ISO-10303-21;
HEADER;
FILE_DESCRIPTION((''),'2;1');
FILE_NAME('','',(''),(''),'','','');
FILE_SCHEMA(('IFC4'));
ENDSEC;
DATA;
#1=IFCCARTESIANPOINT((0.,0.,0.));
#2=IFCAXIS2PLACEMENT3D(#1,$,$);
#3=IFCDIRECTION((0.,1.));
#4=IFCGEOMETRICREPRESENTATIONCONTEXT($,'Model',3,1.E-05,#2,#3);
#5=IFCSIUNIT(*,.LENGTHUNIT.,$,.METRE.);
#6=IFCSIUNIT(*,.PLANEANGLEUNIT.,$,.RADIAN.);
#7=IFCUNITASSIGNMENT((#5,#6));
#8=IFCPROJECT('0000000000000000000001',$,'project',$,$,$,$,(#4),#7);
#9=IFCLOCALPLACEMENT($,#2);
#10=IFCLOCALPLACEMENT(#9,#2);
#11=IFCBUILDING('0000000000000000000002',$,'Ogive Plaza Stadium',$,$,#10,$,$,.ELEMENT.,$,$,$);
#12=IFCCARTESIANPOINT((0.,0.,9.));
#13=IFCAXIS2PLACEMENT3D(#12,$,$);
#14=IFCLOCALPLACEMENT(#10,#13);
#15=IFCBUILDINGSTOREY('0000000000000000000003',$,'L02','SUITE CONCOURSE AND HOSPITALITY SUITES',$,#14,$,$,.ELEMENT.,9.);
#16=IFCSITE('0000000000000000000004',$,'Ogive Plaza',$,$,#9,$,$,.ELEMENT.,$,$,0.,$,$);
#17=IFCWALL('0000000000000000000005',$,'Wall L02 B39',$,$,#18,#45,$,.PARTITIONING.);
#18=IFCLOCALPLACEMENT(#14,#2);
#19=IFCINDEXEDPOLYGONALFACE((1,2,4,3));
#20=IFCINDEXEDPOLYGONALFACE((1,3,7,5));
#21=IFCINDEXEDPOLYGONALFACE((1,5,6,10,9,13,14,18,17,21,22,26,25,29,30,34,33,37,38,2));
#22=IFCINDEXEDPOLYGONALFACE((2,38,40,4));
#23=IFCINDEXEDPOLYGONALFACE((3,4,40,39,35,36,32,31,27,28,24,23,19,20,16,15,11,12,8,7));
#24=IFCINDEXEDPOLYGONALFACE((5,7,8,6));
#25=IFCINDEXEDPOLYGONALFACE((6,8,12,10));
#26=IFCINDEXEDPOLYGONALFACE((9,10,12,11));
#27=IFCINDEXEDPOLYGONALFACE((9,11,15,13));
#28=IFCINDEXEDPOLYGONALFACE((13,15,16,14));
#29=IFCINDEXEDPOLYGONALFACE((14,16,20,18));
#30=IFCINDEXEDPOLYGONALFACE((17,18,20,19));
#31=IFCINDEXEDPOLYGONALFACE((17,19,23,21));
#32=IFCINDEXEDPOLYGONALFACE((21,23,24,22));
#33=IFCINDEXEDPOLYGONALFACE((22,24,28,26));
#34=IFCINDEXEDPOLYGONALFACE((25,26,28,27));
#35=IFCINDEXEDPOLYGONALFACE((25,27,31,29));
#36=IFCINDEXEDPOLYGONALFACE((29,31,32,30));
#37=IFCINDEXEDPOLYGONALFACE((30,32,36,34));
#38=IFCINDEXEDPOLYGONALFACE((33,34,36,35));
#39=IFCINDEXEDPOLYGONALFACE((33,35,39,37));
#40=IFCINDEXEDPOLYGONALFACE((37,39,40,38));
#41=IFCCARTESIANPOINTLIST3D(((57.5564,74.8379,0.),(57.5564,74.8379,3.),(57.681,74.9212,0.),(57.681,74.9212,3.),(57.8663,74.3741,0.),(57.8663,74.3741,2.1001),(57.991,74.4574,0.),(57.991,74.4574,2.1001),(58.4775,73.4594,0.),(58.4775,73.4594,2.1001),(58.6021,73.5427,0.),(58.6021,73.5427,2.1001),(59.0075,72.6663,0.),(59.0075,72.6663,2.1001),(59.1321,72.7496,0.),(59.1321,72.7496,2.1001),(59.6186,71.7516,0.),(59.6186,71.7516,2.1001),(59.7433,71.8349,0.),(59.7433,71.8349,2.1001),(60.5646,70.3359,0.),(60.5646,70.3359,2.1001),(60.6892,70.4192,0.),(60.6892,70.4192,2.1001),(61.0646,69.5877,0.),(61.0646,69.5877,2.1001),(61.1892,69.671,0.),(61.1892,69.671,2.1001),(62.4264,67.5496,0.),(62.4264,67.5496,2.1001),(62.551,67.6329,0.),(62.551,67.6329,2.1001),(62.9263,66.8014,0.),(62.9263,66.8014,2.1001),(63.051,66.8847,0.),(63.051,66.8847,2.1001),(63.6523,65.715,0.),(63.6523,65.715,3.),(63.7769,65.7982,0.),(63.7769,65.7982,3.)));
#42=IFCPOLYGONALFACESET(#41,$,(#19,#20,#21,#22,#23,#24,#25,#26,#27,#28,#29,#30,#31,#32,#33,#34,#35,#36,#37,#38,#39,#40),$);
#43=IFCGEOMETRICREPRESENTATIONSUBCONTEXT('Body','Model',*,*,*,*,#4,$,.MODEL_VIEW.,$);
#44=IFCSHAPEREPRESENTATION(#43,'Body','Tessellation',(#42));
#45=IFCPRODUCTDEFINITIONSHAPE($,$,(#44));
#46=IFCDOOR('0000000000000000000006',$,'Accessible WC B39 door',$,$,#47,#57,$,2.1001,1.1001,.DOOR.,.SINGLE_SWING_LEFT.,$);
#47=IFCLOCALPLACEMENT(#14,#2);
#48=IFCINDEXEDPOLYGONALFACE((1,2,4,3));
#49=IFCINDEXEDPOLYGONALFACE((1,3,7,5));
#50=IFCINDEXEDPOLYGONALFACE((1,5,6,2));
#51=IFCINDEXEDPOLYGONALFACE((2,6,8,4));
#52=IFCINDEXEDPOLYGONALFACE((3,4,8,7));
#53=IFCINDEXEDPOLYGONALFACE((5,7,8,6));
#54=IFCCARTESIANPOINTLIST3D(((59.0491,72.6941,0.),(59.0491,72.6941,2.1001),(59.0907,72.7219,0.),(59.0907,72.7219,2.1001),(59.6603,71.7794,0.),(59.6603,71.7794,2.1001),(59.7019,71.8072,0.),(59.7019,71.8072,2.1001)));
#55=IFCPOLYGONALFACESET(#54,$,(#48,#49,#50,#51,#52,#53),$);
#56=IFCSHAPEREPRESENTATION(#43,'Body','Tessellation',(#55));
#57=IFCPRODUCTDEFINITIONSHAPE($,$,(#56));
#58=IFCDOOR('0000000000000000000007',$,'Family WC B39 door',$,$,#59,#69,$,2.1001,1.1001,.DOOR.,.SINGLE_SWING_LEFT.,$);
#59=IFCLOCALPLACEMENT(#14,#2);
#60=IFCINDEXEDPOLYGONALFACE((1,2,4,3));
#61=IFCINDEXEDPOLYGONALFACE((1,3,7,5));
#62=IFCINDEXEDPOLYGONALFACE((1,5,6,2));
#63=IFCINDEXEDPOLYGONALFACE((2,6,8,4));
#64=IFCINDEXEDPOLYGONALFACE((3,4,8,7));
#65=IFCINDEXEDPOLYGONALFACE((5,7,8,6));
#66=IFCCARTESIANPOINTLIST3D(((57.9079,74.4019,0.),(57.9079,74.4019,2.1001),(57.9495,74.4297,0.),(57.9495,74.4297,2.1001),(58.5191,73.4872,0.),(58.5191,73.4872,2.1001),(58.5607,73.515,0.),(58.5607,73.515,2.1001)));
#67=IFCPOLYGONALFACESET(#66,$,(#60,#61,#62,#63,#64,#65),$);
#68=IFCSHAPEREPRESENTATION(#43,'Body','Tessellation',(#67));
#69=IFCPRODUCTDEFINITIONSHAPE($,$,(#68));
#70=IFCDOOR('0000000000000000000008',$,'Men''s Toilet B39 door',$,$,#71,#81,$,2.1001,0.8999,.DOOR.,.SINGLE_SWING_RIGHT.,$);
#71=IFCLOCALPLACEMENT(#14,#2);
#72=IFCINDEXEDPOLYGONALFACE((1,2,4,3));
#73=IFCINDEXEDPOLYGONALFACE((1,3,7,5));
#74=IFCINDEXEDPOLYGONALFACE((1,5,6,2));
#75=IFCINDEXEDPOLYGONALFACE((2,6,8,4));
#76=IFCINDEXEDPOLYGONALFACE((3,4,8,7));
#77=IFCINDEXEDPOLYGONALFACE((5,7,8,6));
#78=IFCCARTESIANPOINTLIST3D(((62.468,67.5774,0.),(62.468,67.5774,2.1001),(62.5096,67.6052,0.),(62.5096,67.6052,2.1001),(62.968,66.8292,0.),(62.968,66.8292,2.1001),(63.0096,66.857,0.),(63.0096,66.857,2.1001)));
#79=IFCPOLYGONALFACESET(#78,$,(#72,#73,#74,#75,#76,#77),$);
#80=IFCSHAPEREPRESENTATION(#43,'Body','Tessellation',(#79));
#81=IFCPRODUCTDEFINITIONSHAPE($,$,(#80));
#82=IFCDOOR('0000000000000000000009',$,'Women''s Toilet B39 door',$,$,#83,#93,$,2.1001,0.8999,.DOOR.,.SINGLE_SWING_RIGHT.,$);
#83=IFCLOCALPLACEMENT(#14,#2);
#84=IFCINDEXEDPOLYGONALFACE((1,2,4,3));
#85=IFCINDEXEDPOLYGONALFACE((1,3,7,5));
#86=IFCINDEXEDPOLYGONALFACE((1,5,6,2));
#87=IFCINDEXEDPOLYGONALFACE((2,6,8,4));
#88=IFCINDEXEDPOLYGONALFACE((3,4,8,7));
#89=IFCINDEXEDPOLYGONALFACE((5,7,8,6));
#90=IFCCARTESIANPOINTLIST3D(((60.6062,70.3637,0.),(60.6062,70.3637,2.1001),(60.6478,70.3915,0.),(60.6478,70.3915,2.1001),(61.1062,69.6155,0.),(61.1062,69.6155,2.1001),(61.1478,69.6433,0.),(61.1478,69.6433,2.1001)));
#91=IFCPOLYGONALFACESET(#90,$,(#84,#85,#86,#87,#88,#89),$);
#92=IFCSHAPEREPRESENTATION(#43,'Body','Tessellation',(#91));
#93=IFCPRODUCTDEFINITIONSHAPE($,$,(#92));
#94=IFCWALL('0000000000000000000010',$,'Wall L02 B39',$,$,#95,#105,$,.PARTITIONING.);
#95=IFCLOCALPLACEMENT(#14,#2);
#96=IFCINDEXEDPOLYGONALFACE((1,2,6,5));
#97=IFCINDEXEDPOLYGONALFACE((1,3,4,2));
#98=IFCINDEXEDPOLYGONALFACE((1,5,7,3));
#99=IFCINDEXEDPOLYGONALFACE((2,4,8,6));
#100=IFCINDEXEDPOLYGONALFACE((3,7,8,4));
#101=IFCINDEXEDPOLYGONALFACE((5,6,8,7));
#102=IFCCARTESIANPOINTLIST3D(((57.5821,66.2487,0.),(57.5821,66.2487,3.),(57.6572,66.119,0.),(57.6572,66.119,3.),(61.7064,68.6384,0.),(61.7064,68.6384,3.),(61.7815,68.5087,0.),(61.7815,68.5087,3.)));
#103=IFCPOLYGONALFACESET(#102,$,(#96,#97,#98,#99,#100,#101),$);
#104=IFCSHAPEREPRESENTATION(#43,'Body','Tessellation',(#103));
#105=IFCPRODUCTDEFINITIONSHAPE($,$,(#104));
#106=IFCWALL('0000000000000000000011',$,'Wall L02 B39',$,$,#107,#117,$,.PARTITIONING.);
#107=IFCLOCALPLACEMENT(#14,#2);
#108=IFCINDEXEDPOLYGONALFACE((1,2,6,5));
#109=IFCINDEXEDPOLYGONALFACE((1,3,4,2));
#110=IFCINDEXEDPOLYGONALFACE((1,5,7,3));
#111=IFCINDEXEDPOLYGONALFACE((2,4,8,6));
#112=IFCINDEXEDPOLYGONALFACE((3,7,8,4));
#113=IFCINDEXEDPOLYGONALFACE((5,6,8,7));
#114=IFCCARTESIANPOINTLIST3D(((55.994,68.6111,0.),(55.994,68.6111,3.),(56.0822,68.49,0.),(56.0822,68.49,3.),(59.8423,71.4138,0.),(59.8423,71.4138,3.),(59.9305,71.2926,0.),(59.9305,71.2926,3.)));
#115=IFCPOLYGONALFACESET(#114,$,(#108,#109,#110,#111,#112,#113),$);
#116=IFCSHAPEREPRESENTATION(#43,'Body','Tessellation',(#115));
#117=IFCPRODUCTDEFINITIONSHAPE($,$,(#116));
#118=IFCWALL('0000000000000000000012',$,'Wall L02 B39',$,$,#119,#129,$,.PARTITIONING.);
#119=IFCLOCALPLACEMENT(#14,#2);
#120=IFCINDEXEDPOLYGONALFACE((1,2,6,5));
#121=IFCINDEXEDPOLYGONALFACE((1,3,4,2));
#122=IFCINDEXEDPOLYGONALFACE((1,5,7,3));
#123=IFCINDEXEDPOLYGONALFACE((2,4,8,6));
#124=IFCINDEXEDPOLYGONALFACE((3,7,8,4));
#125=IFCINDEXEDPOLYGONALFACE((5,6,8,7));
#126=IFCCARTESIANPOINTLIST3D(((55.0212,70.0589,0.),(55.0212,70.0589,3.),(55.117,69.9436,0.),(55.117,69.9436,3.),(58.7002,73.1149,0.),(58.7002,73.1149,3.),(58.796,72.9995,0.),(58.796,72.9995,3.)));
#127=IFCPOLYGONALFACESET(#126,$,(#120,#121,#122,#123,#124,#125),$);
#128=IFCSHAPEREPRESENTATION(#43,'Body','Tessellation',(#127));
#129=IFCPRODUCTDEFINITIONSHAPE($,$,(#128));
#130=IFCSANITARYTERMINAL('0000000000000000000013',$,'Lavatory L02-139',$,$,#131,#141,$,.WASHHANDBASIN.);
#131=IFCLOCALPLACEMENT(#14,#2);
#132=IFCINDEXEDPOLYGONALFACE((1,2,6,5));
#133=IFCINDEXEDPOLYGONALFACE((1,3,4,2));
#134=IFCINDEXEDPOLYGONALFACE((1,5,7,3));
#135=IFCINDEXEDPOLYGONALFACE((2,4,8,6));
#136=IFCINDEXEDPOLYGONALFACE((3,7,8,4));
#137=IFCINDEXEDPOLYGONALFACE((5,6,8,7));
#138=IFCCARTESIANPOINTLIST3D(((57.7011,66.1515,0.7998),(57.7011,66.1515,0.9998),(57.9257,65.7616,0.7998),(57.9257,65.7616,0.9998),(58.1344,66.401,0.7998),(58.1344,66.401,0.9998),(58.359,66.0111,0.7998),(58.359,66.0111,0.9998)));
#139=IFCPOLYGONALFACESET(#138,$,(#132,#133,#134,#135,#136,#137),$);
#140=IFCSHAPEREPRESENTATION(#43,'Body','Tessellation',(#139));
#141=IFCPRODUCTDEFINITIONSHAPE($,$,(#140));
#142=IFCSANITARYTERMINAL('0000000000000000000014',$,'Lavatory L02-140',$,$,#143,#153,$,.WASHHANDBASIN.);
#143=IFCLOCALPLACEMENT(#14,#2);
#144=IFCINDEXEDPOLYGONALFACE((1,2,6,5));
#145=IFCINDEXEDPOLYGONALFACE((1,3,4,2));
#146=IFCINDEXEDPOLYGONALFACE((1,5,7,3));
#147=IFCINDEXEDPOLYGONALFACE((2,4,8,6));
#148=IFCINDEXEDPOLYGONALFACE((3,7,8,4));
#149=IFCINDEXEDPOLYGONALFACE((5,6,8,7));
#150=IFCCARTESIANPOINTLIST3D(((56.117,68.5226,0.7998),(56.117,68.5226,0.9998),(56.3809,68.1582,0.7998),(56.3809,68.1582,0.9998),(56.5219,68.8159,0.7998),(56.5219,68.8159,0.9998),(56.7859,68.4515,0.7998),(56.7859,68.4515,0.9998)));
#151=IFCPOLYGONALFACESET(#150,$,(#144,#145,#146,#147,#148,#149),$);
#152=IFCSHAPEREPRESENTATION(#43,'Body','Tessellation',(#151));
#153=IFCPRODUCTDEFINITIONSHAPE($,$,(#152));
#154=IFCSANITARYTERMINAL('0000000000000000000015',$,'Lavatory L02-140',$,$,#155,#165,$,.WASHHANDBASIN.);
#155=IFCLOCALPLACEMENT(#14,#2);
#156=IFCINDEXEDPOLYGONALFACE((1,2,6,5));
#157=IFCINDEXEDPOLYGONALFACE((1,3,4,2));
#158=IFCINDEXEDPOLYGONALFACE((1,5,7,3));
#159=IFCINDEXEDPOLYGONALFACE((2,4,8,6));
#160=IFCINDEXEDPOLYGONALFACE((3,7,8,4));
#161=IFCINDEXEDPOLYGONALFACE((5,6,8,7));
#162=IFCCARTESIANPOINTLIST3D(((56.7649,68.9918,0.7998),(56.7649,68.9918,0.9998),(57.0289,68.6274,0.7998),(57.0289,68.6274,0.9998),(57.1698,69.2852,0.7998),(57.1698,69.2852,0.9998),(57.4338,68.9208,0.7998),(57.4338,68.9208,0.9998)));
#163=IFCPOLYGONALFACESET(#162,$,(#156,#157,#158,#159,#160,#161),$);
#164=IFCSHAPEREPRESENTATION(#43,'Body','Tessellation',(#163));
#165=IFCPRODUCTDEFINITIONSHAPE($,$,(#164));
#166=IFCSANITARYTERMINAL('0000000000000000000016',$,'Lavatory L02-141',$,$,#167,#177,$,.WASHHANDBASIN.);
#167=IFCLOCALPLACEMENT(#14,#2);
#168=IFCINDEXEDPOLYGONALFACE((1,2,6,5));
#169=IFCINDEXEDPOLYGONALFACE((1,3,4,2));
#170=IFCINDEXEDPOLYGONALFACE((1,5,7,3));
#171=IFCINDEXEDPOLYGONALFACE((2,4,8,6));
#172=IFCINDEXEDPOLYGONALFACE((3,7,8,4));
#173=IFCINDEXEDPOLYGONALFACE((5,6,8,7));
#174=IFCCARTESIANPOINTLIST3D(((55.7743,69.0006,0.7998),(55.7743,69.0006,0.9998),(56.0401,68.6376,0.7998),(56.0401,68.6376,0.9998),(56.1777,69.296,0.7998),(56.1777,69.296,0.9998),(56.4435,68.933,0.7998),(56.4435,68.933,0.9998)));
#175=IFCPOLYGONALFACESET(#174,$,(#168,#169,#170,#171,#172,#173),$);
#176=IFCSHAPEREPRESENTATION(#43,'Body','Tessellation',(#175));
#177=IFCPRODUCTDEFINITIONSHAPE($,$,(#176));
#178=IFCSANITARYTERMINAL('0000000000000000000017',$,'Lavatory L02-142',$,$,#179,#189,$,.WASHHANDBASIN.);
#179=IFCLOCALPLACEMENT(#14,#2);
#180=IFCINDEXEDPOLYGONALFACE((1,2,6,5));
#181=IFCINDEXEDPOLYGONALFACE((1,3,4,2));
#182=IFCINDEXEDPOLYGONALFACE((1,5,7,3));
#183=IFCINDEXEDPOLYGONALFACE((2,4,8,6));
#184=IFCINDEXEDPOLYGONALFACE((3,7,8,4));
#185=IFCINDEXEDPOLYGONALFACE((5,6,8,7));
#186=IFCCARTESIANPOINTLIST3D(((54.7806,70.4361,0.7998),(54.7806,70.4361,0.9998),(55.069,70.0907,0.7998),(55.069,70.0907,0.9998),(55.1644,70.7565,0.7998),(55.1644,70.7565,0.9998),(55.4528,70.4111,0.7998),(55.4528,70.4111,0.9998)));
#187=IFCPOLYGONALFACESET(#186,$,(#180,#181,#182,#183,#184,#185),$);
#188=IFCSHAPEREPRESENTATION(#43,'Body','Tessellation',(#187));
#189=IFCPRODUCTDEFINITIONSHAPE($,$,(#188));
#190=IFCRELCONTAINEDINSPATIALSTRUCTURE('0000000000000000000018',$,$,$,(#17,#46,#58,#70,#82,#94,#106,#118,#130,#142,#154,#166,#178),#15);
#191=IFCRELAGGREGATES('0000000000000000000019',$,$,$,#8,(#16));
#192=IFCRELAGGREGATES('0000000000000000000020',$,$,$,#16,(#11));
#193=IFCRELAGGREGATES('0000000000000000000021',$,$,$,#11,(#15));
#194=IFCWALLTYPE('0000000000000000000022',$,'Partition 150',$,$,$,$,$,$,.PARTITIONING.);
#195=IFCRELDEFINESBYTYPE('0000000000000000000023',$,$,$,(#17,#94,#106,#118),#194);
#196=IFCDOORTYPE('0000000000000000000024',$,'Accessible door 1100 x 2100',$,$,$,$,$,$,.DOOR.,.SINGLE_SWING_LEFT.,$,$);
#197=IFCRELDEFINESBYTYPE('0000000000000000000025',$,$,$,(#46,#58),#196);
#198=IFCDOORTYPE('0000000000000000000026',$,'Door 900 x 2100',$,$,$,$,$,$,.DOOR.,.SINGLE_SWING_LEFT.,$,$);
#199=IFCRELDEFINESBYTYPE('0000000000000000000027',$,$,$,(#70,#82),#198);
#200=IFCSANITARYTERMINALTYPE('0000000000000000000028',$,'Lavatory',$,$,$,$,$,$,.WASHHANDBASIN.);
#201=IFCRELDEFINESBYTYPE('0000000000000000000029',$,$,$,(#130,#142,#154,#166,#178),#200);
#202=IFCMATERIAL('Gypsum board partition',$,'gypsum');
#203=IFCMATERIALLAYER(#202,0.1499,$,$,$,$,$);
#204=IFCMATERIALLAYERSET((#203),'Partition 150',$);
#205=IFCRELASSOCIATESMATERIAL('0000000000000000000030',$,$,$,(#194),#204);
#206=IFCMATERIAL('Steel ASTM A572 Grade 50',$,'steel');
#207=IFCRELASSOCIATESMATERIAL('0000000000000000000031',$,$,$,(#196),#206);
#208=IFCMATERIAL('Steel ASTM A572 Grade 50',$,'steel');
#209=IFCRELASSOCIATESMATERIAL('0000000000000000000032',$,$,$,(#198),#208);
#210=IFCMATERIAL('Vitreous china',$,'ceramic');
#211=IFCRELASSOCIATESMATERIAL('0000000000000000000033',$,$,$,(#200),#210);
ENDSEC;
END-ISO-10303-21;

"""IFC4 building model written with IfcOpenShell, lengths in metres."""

from ifc_helpers import new_model, si_unit, direction, frame, frame_2d, origin, origin_2d, place, context, subcontext, project, spatial, rectangle, extrude, material, layer, layer_set, type_object, element, fill, save


model = new_model("IFC4")

# Units and contexts
model_context = context("Model", 3, precision=1e-05, world=origin(), true_north=direction((0.0, 1.0)))
body_context = subcontext(model_context, "Body", "Model", "MODEL_VIEW")
ifc_project = project(units=[si_unit("LENGTHUNIT", "METRE"), si_unit("PLANEANGLEUNIT", "RADIAN")], contexts=[model_context])

# Site, building, storey
site_placement = place(None, origin())
site = spatial("IfcSite", under=ifc_project, at=site_placement, Name="Ogive Plaza", CompositionType="ELEMENT", RefElevation=0.0)
building_placement = place(site_placement, origin())
building = spatial("IfcBuilding", under=site, at=building_placement, Name="Ogive Plaza Stadium", CompositionType="ELEMENT")
storey_placement = place(building_placement, frame((0.0, 0.0, 9.0)))
storey = spatial("IfcBuildingStorey", under=building, at=storey_placement, Name="L02", Description="SUITE CONCOURSE AND HOSPITALITY SUITES", CompositionType="ELEMENT", Elevation=9.0)

# Wall, openings, doors
ifc_material_1 = material(Name="Gypsum board partition", Category="gypsum")
ifc_layer = layer(ifc_material_1, 0.1499)
ifc_layer_set = layer_set([ifc_layer], Name="Partition 150")
wall_type = type_object("IfcWallType", Name="Partition 150", PredefinedType="PARTITIONING", material=ifc_layer_set)
wall_1_placement = place(storey_placement, frame((63.7146, 65.7566, 0.0), z_axis=(0.0, 0.0, 1.0), x_axis=(-0.555578, 0.831464, 0.0)))
wall_1 = element("IfcWall", 1, at=wall_1_placement, inside=storey, type_object=wall_type, Name="Wall L02 B39", PredefinedType="PARTITIONING", context=body_context, shape_type="SweptSolid", body=[
    extrude(rectangle(XDim=10.9722, YDim=0.1499, at=frame_2d((5.4861, 0.0))), origin(), (0.0, 0.0, 1.0), 3.0),
])
opening_1_placement = place(wall_1_placement, frame((1.3066, 0.0, 0.0)))
opening_1 = element("IfcOpeningElement", 2, at=opening_1_placement, cuts=wall_1, PredefinedType="OPENING", context=body_context, shape_type="SweptSolid", body=[
    extrude(rectangle(XDim=0.8999, YDim=2.1001, at=frame_2d((0.45, 1.05))), frame((0.0, 0.075, 0.0), z_axis=(0.0, -1.0, 0.0), x_axis=(1.0, 0.0, 0.0)), (0.0, 0.0, 1.0), 0.1499),
])
opening_2_placement = place(wall_1_placement, frame((4.6577, 0.0, 0.0)))
opening_2 = element("IfcOpeningElement", 3, at=opening_2_placement, cuts=wall_1, PredefinedType="OPENING", context=body_context, shape_type="SweptSolid", body=[
    extrude(rectangle(XDim=0.8999, YDim=2.1001, at=frame_2d((0.45, 1.05))), frame((0.0, 0.075, 0.0), z_axis=(0.0, -1.0, 0.0), x_axis=(1.0, 0.0, 0.0)), (0.0, 0.0, 1.0), 0.1499),
])
opening_3_placement = place(wall_1_placement, frame((7.2603, 0.0, 0.0)))
opening_3 = element("IfcOpeningElement", 4, at=opening_3_placement, cuts=wall_1, PredefinedType="OPENING", context=body_context, shape_type="SweptSolid", body=[
    extrude(rectangle(XDim=1.1001, YDim=2.1001, at=frame_2d((0.55, 1.05))), frame((0.0, 0.075, 0.0), z_axis=(0.0, -1.0, 0.0), x_axis=(1.0, 0.0, 0.0)), (0.0, 0.0, 1.0), 0.1499),
])
opening_4_placement = place(wall_1_placement, frame((9.3142, 0.0, 0.0)))
opening_4 = element("IfcOpeningElement", 5, at=opening_4_placement, cuts=wall_1, PredefinedType="OPENING", context=body_context, shape_type="SweptSolid", body=[
    extrude(rectangle(XDim=1.1001, YDim=2.1001, at=frame_2d((0.55, 1.05))), frame((0.0, 0.075, 0.0), z_axis=(0.0, -1.0, 0.0), x_axis=(1.0, 0.0, 0.0)), (0.0, 0.0, 1.0), 0.1499),
])
ifc_material_2 = material(Name="Steel ASTM A572 Grade 50", Category="steel")
door_type_1 = type_object("IfcDoorType", Name="Accessible door 1100 x 2100", OperationType="SINGLE_SWING_LEFT", PredefinedType="DOOR", material=ifc_material_2)
door_1_placement = place(opening_3_placement, origin())
door_1 = element("IfcDoor", 6, at=door_1_placement, inside=storey, type_object=door_type_1, Name="Accessible WC B39 door", OperationType="SINGLE_SWING_LEFT", OverallHeight=2.1001, OverallWidth=1.1001, PredefinedType="DOOR", context=body_context, shape_type="SweptSolid", body=[
    extrude(rectangle(XDim=1.1001, YDim=2.1001, at=frame_2d((0.55, 1.05))), frame((0.0, 0.0249, 0.0), z_axis=(0.0, -1.0, 0.0), x_axis=(1.0, 0.0, 0.0)), (0.0, 0.0, 1.0), 0.05),
])
fill(opening_3, door_1)
door_2_placement = place(opening_4_placement, origin())
door_2 = element("IfcDoor", 7, at=door_2_placement, inside=storey, type_object=door_type_1, Name="Family WC B39 door", OperationType="SINGLE_SWING_LEFT", OverallHeight=2.1001, OverallWidth=1.1001, PredefinedType="DOOR", context=body_context, shape_type="SweptSolid", body=[
    extrude(rectangle(XDim=1.1001, YDim=2.1001, at=frame_2d((0.55, 1.05))), frame((0.0, 0.0249, 0.0), z_axis=(0.0, -1.0, 0.0), x_axis=(1.0, 0.0, 0.0)), (0.0, 0.0, 1.0), 0.05),
])
fill(opening_4, door_2)
ifc_material_3 = material(Name="Steel ASTM A572 Grade 50", Category="steel")
door_type_2 = type_object("IfcDoorType", Name="Door 900 x 2100", OperationType="SINGLE_SWING_LEFT", PredefinedType="DOOR", material=ifc_material_3)
door_3_placement = place(opening_1_placement, origin())
door_3 = element("IfcDoor", 8, at=door_3_placement, inside=storey, type_object=door_type_2, Name="Men's Toilet B39 door", OperationType="SINGLE_SWING_RIGHT", OverallHeight=2.1001, OverallWidth=0.8999, PredefinedType="DOOR", context=body_context, shape_type="SweptSolid", body=[
    extrude(rectangle(XDim=0.8999, YDim=2.1001, at=frame_2d((0.45, 1.05))), frame((0.0, 0.0249, 0.0), z_axis=(0.0, -1.0, 0.0), x_axis=(1.0, 0.0, 0.0)), (0.0, 0.0, 1.0), 0.05),
])
fill(opening_1, door_3)
door_4_placement = place(opening_2_placement, origin())
door_4 = element("IfcDoor", 9, at=door_4_placement, inside=storey, type_object=door_type_2, Name="Women's Toilet B39 door", OperationType="SINGLE_SWING_RIGHT", OverallHeight=2.1001, OverallWidth=0.8999, PredefinedType="DOOR", context=body_context, shape_type="SweptSolid", body=[
    extrude(rectangle(XDim=0.8999, YDim=2.1001, at=frame_2d((0.45, 1.05))), frame((0.0, 0.0249, 0.0), z_axis=(0.0, -1.0, 0.0), x_axis=(1.0, 0.0, 0.0)), (0.0, 0.0, 1.0), 0.05),
])
fill(opening_2, door_4)

# Walls
wall_2_placement = place(storey_placement, frame((57.6196, 66.1838, 0.0), z_axis=(0.0, 0.0, 1.0), x_axis=(0.865252, 0.501337, 0.0)))
element("IfcWall", 10, at=wall_2_placement, inside=storey, type_object=wall_type, Name="Wall L02 B39", PredefinedType="PARTITIONING", context=body_context, shape_type="SweptSolid", body=[
    extrude(rectangle(XDim=4.7666, YDim=0.1499, at=frame_2d((2.3833, 0.0))), origin(), (0.0, 0.0, 1.0), 3.0),
])
wall_3_placement = place(storey_placement, frame((56.0381, 68.5505, 0.0), z_axis=(0.0, 0.0, 1.0), x_axis=(0.808346, 0.588708, 0.0)))
element("IfcWall", 11, at=wall_3_placement, inside=storey, type_object=wall_type, Name="Wall L02 B39", PredefinedType="PARTITIONING", context=body_context, shape_type="SweptSolid", body=[
    extrude(rectangle(XDim=4.7607, YDim=0.1499, at=frame_2d((2.3804, 0.0))), origin(), (0.0, 0.0, 1.0), 3.0),
])
wall_4_placement = place(storey_placement, frame((55.0691, 70.0012, 0.0), z_axis=(0.0, 0.0, 1.0), x_axis=(0.769237, 0.638963, 0.0)))
element("IfcWall", 12, at=wall_4_placement, inside=storey, type_object=wall_type, Name="Wall L02 B39", PredefinedType="PARTITIONING", context=body_context, shape_type="SweptSolid", body=[
    extrude(rectangle(XDim=4.7827, YDim=0.1499, at=frame_2d((2.3914, 0.0))), origin(), (0.0, 0.0, 1.0), 3.0),
])

# Sanitary terminals
ifc_material_4 = material(Name="Vitreous china", Category="ceramic")
sanitary_terminal_type_1 = type_object("IfcSanitaryTerminalType", Name="Lavatory", PredefinedType="WASHHANDBASIN", material=ifc_material_4)
for number, where, z_axis, x_axis, name in (
    (13, (58.03, 66.0813, 0.7998), (0.0, 0.0, 1.0), (0.866537, 0.499112, 0.0), "Lavatory L02-139"),
    (14, (56.4514, 68.4871, 0.7998), (0.0, 0.0, 1.0), (0.809824, 0.586673, 0.0), "Lavatory L02-140"),
    (15, (57.0994, 68.9563, 0.7998), (0.0, 0.0, 1.0), (0.809824, 0.586673, 0.0), "Lavatory L02-140"),
    (16, (56.1089, 68.9668, 0.7998), (0.0, 0.0, 1.0), (0.806847, 0.590761, 0.0), "Lavatory L02-141"),
    (17, (55.1167, 70.4236, 0.7998), (0.0, 0.0, 1.0), (0.76763, 0.640894, 0.0), "Lavatory L02-142"),
):
    element("IfcSanitaryTerminal", number, at=place(storey_placement, frame(where, z_axis=z_axis, x_axis=x_axis)), inside=storey, type_object=sanitary_terminal_type_1, Name=name, PredefinedType="WASHHANDBASIN", context=body_context, shape_type="SweptSolid", body=[
        extrude(rectangle(XDim=0.5, YDim=0.45, at=origin_2d()), origin(), (0.0, 0.0, 1.0), 0.2),
    ])

save(model, "model.ifc")
